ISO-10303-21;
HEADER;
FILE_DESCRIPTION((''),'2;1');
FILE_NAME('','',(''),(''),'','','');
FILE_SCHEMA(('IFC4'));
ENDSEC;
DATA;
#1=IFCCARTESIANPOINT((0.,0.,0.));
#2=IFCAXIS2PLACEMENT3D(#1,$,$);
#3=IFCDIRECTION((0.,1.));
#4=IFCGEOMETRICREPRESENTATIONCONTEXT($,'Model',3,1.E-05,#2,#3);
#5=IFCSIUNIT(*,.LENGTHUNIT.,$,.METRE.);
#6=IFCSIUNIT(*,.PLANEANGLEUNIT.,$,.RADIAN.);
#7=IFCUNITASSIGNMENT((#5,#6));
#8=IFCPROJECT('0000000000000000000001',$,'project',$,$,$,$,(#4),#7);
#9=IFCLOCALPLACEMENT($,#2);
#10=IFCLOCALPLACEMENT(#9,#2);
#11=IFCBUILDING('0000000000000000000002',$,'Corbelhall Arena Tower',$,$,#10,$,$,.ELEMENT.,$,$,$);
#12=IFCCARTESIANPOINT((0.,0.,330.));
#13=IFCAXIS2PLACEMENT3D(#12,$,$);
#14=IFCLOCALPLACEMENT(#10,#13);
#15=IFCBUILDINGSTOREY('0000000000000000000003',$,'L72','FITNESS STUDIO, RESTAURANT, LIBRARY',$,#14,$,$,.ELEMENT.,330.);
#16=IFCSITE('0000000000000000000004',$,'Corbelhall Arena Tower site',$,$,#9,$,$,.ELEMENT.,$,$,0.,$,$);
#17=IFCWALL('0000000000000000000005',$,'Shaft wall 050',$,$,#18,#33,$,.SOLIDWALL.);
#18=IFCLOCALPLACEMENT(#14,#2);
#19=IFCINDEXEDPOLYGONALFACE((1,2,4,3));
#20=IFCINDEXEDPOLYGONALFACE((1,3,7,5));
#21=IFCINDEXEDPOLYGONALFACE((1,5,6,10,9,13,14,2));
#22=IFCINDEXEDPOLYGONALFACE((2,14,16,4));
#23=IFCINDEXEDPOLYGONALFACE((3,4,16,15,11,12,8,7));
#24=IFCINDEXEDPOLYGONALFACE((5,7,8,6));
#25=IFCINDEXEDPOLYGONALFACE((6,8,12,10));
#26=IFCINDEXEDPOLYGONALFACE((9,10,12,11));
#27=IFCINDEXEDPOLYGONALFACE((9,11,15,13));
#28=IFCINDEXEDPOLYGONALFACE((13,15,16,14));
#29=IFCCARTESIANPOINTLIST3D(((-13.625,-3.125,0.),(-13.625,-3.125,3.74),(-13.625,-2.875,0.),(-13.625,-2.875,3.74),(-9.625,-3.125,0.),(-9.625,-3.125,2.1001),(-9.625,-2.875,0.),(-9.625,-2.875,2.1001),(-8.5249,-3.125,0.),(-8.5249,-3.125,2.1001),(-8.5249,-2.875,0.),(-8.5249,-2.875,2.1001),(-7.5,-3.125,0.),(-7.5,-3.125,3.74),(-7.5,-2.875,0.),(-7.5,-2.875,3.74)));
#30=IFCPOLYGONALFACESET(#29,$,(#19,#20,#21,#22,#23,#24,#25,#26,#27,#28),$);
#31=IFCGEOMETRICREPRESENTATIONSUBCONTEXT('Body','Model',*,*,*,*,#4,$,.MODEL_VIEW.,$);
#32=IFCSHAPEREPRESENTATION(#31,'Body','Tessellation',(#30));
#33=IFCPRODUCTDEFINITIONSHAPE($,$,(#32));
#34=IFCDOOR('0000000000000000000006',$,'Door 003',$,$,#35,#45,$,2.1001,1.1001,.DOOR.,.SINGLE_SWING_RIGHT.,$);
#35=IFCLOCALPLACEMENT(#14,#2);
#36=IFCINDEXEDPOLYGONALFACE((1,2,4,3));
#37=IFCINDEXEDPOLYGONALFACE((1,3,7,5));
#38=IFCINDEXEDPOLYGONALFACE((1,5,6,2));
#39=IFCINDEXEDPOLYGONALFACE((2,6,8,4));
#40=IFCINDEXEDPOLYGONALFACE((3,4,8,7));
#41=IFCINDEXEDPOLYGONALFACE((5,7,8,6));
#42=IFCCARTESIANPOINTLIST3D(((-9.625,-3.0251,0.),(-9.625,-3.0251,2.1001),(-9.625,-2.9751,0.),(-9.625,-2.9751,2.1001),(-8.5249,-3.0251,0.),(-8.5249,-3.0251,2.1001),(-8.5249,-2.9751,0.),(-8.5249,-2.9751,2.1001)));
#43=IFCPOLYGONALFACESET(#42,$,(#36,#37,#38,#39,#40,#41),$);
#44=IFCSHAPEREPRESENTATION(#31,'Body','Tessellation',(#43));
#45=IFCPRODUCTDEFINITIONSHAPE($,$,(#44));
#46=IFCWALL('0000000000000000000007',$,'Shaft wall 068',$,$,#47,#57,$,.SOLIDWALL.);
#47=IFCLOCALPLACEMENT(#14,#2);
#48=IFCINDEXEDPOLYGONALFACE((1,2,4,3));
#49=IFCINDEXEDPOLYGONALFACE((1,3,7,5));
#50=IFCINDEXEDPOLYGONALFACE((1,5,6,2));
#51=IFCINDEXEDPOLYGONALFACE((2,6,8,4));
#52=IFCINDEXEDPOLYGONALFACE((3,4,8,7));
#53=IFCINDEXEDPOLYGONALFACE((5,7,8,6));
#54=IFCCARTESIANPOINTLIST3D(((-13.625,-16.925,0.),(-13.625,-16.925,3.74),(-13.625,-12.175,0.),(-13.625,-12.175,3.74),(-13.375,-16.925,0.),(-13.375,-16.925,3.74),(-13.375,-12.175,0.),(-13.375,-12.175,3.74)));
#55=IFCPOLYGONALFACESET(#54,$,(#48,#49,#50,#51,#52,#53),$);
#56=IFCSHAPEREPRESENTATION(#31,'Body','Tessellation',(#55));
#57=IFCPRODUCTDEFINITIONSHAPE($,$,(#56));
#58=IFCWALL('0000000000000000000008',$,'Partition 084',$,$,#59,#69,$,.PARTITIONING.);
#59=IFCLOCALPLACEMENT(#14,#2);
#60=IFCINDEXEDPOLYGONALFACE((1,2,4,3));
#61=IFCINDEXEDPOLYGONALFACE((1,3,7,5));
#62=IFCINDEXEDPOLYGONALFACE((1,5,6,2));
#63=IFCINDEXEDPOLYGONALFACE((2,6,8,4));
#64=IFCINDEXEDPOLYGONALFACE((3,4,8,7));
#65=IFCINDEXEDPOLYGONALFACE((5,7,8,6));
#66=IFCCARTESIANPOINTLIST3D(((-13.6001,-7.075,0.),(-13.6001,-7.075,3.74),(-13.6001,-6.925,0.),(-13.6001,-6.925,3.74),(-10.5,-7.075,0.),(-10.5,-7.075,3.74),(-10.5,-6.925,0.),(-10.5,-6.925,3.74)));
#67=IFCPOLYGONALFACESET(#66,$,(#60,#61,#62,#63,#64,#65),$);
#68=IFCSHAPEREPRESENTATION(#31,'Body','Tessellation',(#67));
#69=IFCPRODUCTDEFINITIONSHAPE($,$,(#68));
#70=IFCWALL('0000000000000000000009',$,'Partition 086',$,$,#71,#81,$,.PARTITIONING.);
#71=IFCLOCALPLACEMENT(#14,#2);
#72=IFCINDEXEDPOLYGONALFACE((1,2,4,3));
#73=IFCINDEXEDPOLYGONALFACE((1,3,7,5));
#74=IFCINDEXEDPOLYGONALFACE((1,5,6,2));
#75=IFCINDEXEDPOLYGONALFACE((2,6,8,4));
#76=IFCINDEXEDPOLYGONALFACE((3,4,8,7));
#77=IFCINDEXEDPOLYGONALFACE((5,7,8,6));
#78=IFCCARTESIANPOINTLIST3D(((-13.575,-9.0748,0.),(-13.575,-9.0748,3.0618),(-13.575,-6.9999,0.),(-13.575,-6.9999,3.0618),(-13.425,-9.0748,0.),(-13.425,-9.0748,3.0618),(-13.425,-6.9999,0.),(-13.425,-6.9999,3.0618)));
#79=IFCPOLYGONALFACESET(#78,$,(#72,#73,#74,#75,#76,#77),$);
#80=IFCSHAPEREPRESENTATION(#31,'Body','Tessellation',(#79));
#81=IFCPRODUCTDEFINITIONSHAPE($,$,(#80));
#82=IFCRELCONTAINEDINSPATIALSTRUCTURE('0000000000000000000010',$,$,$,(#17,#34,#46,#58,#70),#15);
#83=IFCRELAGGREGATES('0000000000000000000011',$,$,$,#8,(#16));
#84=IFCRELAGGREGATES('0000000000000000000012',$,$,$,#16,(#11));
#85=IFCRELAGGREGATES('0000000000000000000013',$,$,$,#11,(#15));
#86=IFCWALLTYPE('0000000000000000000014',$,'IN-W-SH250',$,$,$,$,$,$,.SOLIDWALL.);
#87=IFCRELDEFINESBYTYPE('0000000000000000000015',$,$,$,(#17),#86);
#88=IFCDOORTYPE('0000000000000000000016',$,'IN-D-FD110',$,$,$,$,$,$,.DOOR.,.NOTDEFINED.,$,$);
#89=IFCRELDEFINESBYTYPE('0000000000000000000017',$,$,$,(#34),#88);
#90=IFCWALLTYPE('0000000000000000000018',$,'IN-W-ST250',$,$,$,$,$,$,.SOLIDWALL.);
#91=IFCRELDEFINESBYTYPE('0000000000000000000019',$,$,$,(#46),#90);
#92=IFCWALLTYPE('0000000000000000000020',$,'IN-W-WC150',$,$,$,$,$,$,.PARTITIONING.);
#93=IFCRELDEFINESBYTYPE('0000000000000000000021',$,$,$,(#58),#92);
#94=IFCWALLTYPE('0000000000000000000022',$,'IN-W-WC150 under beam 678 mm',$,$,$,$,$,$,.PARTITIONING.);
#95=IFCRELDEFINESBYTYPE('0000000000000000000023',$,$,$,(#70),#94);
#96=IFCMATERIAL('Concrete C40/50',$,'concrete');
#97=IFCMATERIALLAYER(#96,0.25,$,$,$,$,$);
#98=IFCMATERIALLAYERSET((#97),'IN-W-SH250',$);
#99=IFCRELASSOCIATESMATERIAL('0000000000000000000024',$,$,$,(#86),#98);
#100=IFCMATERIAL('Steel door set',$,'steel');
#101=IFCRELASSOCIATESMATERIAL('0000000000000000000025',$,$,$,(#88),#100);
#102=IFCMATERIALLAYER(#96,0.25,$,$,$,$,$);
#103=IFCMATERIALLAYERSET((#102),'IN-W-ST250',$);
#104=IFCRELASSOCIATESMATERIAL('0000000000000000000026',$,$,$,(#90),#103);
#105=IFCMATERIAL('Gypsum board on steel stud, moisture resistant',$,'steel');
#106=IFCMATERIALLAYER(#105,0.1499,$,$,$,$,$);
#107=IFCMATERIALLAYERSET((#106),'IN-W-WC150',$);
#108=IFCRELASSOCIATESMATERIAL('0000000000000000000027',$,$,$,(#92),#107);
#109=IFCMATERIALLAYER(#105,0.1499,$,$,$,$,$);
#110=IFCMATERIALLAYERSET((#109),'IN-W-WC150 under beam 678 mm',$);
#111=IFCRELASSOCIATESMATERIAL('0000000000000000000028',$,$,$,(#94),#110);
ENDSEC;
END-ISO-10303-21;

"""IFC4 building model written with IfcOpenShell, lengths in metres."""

from ifc_helpers import new_model, si_unit, direction, frame, frame_2d, origin, place, context, subcontext, project, spatial, rectangle, extrude, material, layer, layer_set, type_object, element, fill, save


model = new_model("IFC4")

# Units and contexts
model_context = context("Model", 3, precision=1e-05, world=origin(), true_north=direction((0.0, 1.0)))
body_context = subcontext(model_context, "Body", "Model", "MODEL_VIEW")
ifc_project = project(units=[si_unit("LENGTHUNIT", "METRE"), si_unit("PLANEANGLEUNIT", "RADIAN")], contexts=[model_context])

# Site, building, storey
site_placement = place(None, origin())
site = spatial("IfcSite", under=ifc_project, at=site_placement, Name="Corbelhall Arena Tower site", CompositionType="ELEMENT", RefElevation=0.0)
building_placement = place(site_placement, origin())
building = spatial("IfcBuilding", under=site, at=building_placement, Name="Corbelhall Arena Tower", CompositionType="ELEMENT")
storey_placement = place(building_placement, frame((0.0, 0.0, 330.0)))
storey = spatial("IfcBuildingStorey", under=building, at=storey_placement, Name="L72", Description="FITNESS STUDIO, RESTAURANT, LIBRARY", CompositionType="ELEMENT", Elevation=330.0)

# Shared definitions
ifc_material_1 = material(Name="Steel door set", Category="steel")

# Shared definitions
ifc_material_2 = material(Name="Concrete C40/50", Category="concrete")
ifc_layer_1 = layer(ifc_material_2, 0.25)
ifc_layer_set_1 = layer_set([ifc_layer_1], Name="IN-W-SH250")
wall_type_1 = type_object("IfcWallType", Name="IN-W-SH250", PredefinedType="SOLIDWALL", material=ifc_layer_set_1)

# Wall, opening, door
wall_1_placement = place(storey_placement, frame((-13.625, -3.0, 0.0), z_axis=(0.0, 0.0, 1.0), x_axis=(1.0, 0.0, 0.0)))
wall_1 = element("IfcWall", 1, at=wall_1_placement, inside=storey, type_object=wall_type_1, Name="Shaft wall 050", PredefinedType="SOLIDWALL", context=body_context, shape_type="SweptSolid", body=[
    extrude(rectangle(XDim=6.125, YDim=0.25, at=frame_2d((3.0625, 0.0))), origin(), (0.0, 0.0, 1.0), 3.74),
])
opening_1_placement = place(wall_1_placement, frame((4.0, 0.0, 0.0)))
opening_1 = element("IfcOpeningElement", 2, at=opening_1_placement, cuts=wall_1, PredefinedType="OPENING", context=body_context, shape_type="SweptSolid", body=[
    extrude(rectangle(XDim=1.1001, YDim=2.1001, at=frame_2d((0.55, 1.05))), frame((0.0, 0.125, 0.0), z_axis=(0.0, -1.0, 0.0), x_axis=(1.0, 0.0, 0.0)), (0.0, 0.0, 1.0), 0.25),
])
door_type_1 = type_object("IfcDoorType", Name="IN-D-FD110", OperationType="NOTDEFINED", PredefinedType="DOOR", material=ifc_material_1)
door_1_placement = place(opening_1_placement, origin())
door_1 = element("IfcDoor", 3, at=door_1_placement, inside=storey, type_object=door_type_1, Name="Door 003", OperationType="SINGLE_SWING_RIGHT", OverallHeight=2.1001, OverallWidth=1.1001, PredefinedType="DOOR", context=body_context, shape_type="SweptSolid", body=[
    extrude(rectangle(XDim=1.1001, YDim=2.1001, at=frame_2d((0.55, 1.05))), frame((0.0, 0.0249, 0.0), z_axis=(0.0, -1.0, 0.0), x_axis=(1.0, 0.0, 0.0)), (0.0, 0.0, 1.0), 0.05),
])
fill(opening_1, door_1)

# Walls
ifc_layer_2 = layer(ifc_material_2, 0.25)
ifc_layer_set_2 = layer_set([ifc_layer_2], Name="IN-W-ST250")
wall_type_2 = type_object("IfcWallType", Name="IN-W-ST250", PredefinedType="SOLIDWALL", material=ifc_layer_set_2)
wall_2_placement = place(storey_placement, frame((-13.5, -12.175, 0.0), z_axis=(0.0, 0.0, 1.0), x_axis=(0.0, -1.0, 0.0)))
element("IfcWall", 4, at=wall_2_placement, inside=storey, type_object=wall_type_2, Name="Shaft wall 068", PredefinedType="SOLIDWALL", context=body_context, shape_type="SweptSolid", body=[
    extrude(rectangle(XDim=4.75, YDim=0.25, at=frame_2d((2.375, 0.0))), origin(), (0.0, 0.0, 1.0), 3.74),
])
ifc_material_3 = material(Name="Gypsum board on steel stud, moisture resistant", Category="steel")
ifc_layer_3 = layer(ifc_material_3, 0.1499)
ifc_layer_set_3 = layer_set([ifc_layer_3], Name="IN-W-WC150")
wall_type_3 = type_object("IfcWallType", Name="IN-W-WC150", PredefinedType="PARTITIONING", material=ifc_layer_set_3)
wall_3_placement = place(storey_placement, frame((-13.6001, -7.0, 0.0), z_axis=(0.0, 0.0, 1.0), x_axis=(1.0, 0.0, 0.0)))
element("IfcWall", 5, at=wall_3_placement, inside=storey, type_object=wall_type_3, Name="Partition 084", PredefinedType="PARTITIONING", context=body_context, shape_type="SweptSolid", body=[
    extrude(rectangle(XDim=3.1001, YDim=0.1499, at=frame_2d((1.55, 0.0))), origin(), (0.0, 0.0, 1.0), 3.74),
])
ifc_layer_4 = layer(ifc_material_3, 0.1499)
ifc_layer_set_4 = layer_set([ifc_layer_4], Name="IN-W-WC150 under beam 678 mm")
wall_type_4 = type_object("IfcWallType", Name="IN-W-WC150 under beam 678 mm", PredefinedType="PARTITIONING", material=ifc_layer_set_4)
wall_4_placement = place(storey_placement, frame((-13.5, -9.075, 0.0), z_axis=(0.0, 0.0, 1.0), x_axis=(0.0, 1.0, 0.0)))
element("IfcWall", 6, at=wall_4_placement, inside=storey, type_object=wall_type_4, Name="Partition 086", PredefinedType="PARTITIONING", context=body_context, shape_type="SweptSolid", body=[
    extrude(rectangle(XDim=2.075, YDim=0.1499, at=frame_2d((1.0376, 0.0))), origin(), (0.0, 0.0, 1.0), 3.0618),
])

save(model, "model.ifc")
